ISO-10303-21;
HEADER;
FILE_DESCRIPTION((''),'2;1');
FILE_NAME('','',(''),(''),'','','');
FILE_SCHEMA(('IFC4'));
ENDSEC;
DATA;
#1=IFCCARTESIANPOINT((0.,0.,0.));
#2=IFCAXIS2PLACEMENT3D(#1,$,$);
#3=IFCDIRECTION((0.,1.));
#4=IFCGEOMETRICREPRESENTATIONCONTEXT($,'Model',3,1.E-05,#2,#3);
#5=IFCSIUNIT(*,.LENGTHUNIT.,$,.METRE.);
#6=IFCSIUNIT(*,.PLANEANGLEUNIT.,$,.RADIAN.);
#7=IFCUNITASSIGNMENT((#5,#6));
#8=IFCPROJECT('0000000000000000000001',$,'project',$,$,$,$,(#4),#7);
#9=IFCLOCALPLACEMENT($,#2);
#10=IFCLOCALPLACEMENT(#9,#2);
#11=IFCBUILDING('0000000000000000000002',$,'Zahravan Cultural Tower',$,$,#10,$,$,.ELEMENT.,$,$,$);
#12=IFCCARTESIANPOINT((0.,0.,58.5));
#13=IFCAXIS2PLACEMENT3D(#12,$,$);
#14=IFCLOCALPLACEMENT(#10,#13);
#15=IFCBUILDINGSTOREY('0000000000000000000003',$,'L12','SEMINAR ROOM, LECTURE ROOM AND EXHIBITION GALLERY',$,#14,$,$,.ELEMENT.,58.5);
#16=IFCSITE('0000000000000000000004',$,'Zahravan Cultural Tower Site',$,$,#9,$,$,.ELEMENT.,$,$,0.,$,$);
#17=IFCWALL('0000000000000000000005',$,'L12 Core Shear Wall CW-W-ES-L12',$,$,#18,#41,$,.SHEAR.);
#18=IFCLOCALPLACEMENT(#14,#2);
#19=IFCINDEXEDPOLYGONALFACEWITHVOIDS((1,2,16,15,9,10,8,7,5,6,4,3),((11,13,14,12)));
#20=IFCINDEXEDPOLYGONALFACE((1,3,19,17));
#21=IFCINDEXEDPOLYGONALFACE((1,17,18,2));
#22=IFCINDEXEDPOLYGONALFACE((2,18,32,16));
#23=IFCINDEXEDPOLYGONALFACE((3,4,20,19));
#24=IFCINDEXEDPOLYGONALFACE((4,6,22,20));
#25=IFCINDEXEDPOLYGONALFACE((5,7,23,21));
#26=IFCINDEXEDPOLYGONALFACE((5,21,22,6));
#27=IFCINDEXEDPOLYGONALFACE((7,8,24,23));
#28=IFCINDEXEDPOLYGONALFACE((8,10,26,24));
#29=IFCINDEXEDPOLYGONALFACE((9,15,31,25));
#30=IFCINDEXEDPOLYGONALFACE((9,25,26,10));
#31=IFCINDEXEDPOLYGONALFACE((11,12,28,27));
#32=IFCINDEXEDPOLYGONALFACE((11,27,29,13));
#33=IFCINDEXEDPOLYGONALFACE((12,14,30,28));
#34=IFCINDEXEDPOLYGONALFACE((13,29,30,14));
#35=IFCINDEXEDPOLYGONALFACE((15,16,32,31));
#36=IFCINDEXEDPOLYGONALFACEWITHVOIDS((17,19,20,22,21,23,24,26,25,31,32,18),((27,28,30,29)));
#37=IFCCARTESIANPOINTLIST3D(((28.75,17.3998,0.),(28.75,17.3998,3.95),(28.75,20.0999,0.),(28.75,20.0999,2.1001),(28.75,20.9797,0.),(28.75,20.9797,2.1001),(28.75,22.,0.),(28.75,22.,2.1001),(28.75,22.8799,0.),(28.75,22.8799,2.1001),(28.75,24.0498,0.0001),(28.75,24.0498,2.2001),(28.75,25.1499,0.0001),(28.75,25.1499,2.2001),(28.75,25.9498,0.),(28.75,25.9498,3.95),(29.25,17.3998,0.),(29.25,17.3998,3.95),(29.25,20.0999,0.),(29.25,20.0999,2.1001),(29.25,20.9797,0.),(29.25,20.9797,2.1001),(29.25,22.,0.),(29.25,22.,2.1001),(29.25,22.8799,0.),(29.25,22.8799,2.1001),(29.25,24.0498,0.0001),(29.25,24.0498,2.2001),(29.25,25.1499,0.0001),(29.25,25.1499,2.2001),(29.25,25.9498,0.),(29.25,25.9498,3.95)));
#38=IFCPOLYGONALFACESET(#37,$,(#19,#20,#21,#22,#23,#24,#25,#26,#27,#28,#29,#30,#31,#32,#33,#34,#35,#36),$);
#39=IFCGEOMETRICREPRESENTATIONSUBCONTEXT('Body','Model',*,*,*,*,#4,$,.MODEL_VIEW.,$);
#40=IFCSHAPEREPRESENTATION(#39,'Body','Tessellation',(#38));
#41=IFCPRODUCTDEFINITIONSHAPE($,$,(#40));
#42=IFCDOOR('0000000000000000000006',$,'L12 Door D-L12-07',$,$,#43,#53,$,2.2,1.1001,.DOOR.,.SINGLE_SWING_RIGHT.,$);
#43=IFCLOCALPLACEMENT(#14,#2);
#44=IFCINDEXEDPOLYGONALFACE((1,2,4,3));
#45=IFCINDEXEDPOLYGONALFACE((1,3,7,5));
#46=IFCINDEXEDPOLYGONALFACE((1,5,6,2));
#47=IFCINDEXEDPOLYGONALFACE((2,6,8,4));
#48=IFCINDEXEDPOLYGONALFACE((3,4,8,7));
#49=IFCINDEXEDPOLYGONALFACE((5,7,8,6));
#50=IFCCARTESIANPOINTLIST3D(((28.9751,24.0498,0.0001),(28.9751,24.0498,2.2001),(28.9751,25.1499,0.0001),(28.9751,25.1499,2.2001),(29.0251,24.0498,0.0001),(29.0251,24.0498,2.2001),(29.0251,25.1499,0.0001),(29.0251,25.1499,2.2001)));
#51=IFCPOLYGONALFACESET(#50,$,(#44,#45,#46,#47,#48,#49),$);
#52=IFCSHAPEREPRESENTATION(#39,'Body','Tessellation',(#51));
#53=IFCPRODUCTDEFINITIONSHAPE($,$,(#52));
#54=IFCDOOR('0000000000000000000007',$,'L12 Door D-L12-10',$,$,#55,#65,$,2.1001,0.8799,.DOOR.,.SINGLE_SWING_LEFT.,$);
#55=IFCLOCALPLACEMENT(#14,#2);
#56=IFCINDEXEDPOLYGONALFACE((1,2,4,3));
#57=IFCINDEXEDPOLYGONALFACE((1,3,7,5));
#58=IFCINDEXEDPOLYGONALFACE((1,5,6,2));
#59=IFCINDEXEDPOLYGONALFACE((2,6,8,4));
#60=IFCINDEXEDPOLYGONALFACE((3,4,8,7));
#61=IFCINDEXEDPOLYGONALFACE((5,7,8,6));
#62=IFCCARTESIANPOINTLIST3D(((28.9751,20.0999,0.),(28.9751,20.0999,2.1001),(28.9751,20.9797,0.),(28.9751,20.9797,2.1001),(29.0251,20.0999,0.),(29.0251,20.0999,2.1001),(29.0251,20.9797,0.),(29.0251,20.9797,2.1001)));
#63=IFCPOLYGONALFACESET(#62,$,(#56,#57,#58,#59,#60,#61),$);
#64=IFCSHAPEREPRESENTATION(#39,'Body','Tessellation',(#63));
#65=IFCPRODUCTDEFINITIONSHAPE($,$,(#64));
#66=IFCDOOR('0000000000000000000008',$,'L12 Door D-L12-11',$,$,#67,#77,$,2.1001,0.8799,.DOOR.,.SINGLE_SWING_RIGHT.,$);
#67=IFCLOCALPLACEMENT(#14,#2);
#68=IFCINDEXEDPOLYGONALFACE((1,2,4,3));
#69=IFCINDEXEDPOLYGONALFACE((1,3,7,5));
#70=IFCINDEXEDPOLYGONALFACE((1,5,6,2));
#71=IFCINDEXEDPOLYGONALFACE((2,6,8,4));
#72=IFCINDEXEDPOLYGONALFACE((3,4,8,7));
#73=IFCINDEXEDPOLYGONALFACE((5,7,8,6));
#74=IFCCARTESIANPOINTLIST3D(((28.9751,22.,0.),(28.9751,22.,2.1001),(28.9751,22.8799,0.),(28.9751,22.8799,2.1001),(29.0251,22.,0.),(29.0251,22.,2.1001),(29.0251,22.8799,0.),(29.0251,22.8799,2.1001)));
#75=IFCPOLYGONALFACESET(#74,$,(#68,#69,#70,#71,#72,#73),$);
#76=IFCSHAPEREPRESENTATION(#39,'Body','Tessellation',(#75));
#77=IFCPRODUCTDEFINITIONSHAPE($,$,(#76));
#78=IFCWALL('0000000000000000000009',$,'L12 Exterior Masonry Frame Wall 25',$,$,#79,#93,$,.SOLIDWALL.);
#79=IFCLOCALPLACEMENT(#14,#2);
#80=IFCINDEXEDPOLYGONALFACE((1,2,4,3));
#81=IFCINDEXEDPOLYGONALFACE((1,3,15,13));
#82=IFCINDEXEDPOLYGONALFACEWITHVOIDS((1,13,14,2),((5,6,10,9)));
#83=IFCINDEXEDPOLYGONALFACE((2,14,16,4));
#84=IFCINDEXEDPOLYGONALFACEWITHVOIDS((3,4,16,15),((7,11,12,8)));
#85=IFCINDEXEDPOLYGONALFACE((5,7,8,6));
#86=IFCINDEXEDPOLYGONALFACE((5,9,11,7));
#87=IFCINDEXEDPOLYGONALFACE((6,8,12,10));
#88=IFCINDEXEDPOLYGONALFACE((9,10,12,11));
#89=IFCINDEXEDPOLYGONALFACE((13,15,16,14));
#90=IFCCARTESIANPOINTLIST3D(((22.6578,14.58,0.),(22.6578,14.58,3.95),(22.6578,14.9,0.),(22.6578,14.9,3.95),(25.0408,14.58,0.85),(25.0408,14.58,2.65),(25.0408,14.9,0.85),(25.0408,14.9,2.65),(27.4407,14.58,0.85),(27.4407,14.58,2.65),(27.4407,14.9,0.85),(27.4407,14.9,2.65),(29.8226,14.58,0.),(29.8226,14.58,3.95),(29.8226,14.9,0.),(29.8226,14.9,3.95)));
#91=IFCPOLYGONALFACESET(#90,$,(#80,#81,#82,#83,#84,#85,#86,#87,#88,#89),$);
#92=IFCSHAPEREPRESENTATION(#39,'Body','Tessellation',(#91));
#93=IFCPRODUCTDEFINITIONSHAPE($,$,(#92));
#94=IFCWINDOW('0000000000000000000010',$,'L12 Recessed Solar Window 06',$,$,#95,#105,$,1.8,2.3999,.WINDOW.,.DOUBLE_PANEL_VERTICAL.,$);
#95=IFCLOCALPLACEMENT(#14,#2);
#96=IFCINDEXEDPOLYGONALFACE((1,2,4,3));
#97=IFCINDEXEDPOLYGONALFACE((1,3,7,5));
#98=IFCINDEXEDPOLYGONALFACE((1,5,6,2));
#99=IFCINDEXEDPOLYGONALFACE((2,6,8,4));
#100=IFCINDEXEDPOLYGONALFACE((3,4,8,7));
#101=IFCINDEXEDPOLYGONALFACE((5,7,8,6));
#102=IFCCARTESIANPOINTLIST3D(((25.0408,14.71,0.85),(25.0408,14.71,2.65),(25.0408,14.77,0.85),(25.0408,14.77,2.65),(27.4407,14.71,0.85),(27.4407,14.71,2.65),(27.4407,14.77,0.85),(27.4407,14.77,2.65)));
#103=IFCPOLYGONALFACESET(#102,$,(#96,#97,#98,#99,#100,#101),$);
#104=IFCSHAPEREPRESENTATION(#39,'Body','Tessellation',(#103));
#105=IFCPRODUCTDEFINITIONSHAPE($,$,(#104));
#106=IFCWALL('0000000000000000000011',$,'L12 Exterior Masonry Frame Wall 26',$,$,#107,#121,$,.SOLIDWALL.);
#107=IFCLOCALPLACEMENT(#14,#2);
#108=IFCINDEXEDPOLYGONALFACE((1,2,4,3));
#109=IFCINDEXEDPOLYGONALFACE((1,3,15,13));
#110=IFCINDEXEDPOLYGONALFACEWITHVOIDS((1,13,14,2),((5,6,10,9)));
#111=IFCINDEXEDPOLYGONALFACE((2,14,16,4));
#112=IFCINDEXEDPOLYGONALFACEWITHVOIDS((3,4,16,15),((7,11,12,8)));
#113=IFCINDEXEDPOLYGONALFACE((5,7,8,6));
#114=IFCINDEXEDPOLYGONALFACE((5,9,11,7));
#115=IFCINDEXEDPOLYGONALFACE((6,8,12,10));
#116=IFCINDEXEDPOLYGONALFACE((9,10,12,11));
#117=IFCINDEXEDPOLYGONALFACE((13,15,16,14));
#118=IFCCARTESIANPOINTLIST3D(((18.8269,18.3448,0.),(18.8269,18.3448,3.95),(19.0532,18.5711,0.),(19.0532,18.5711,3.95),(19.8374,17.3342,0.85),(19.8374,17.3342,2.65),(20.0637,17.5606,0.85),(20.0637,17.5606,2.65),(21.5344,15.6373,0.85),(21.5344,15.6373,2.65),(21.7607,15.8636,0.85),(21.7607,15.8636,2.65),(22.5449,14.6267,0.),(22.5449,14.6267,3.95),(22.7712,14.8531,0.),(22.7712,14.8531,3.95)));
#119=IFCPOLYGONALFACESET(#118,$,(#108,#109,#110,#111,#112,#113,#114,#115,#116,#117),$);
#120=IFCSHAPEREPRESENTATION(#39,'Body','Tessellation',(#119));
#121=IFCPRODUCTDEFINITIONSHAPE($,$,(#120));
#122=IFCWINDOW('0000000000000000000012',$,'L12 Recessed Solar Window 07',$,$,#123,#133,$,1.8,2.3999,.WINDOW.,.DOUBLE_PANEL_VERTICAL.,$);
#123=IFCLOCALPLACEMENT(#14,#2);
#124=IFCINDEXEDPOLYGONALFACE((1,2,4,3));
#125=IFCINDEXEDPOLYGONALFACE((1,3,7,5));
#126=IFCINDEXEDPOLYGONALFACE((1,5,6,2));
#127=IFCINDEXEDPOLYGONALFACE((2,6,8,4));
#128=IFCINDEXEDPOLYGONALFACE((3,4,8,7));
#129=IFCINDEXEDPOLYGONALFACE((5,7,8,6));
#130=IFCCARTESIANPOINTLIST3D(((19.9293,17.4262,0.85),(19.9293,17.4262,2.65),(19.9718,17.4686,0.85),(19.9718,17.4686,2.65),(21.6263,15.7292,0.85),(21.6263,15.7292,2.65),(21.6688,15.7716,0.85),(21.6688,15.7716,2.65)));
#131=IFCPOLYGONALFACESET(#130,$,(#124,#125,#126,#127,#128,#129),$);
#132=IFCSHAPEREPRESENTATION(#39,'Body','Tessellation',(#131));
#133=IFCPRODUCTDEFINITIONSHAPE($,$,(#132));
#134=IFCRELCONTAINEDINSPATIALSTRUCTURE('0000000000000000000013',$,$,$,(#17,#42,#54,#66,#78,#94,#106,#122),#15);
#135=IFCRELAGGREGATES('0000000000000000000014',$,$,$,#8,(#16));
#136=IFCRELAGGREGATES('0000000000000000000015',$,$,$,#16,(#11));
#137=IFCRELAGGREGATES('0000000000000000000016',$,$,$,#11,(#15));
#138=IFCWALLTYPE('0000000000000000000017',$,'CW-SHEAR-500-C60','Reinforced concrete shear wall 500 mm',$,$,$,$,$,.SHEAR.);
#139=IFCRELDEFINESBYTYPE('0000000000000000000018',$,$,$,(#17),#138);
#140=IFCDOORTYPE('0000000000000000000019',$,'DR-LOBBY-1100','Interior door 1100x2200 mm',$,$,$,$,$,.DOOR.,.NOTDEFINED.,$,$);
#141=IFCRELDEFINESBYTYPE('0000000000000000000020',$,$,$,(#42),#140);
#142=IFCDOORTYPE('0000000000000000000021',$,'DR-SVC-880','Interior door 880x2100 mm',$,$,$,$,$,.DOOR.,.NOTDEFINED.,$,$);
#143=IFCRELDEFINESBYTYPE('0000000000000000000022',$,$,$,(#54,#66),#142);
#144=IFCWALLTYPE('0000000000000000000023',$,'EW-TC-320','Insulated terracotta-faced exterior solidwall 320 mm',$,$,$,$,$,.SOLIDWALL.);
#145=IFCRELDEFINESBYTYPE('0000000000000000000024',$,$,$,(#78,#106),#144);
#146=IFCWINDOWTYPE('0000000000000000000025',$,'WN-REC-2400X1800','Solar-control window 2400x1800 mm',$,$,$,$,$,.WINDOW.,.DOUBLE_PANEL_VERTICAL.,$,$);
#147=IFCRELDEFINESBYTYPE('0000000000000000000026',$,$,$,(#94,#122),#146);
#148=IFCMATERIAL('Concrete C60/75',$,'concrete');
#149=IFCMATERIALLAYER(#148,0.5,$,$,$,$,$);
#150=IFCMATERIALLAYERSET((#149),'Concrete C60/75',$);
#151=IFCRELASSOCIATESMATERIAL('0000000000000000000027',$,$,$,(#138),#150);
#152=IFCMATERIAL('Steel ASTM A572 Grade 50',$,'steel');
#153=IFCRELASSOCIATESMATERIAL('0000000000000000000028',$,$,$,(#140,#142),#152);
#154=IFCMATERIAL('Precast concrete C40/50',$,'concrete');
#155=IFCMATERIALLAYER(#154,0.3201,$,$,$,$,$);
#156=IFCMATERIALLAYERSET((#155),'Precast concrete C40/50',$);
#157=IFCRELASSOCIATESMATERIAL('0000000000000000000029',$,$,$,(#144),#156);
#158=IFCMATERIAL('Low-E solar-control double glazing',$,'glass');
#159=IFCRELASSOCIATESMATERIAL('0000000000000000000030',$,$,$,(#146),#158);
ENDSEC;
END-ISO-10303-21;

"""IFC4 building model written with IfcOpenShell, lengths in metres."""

from ifc_helpers import new_model, si_unit, direction, frame, frame_2d, origin, place, context, subcontext, project, spatial, rectangle, extrude, source, transform, mapped, material, layer, layer_set, type_object, element, fill, save


model = new_model("IFC4")

# Units and contexts
model_context = context("Model", 3, precision=1e-05, world=origin(), true_north=direction((0.0, 1.0)))
body_context = subcontext(model_context, "Body", "Model", "MODEL_VIEW")
ifc_project = project(units=[si_unit("LENGTHUNIT", "METRE"), si_unit("PLANEANGLEUNIT", "RADIAN")], contexts=[model_context])

# Site, building, storey
site_placement = place(None, origin())
site = spatial("IfcSite", under=ifc_project, at=site_placement, Name="Zahravan Cultural Tower Site", CompositionType="ELEMENT", RefElevation=0.0)
building_placement = place(site_placement, origin())
building = spatial("IfcBuilding", under=site, at=building_placement, Name="Zahravan Cultural Tower", CompositionType="ELEMENT")
storey_placement = place(building_placement, frame((0.0, 0.0, 58.5)))
storey = spatial("IfcBuildingStorey", under=building, at=storey_placement, Name="L12", Description="SEMINAR ROOM, LECTURE ROOM AND EXHIBITION GALLERY", CompositionType="ELEMENT", Elevation=58.5)

# Shared definitions
ifc_material_1 = material(Name="Concrete C60/75", Category="concrete")

# Shared definitions
ifc_material_2 = material(Name="Low-E solar-control double glazing", Category="glass")

# Wall, openings, doors
ifc_layer_1 = layer(ifc_material_1, 0.5)
ifc_layer_set_1 = layer_set([ifc_layer_1], Name="Concrete C60/75")
wall_type_1 = type_object("IfcWallType", Name="CW-SHEAR-500-C60", Description="Reinforced concrete shear wall 500 mm", PredefinedType="SHEAR", material=ifc_layer_set_1)
wall_1_placement = place(storey_placement, frame((29.0, 17.3999, 0.0), z_axis=(0.0, 0.0, 1.0), x_axis=(0.0, 1.0, 0.0)))
wall_1 = element("IfcWall", 1, at=wall_1_placement, inside=storey, type_object=wall_type_1, Name="L12 Core Shear Wall CW-W-ES-L12", PredefinedType="SHEAR", context=body_context, shape_type="SweptSolid", body=[
    extrude(rectangle(XDim=8.55, YDim=0.5, at=frame_2d((4.2749, 0.0))), origin(), (0.0, 0.0, 1.0), 3.95),
])
opening_1_placement = place(wall_1_placement, frame((6.6499, 0.0, 0.0)))
opening_1 = element("IfcOpeningElement", 2, at=opening_1_placement, cuts=wall_1, PredefinedType="OPENING", context=body_context, shape_type="SweptSolid", body=[
    extrude(rectangle(XDim=1.1001, YDim=2.2, at=frame_2d((0.55, 1.1001))), frame((0.0, 0.26, 0.0), z_axis=(0.0, -1.0, 0.0), x_axis=(1.0, 0.0, 0.0)), (0.0, 0.0, 1.0), 0.52),
])
opening_2_placement = place(wall_1_placement, frame((2.7, 0.0, 0.0)))
opening_2 = element("IfcOpeningElement", 3, at=opening_2_placement, cuts=wall_1, PredefinedType="OPENING", context=body_context, shape_type="SweptSolid", body=[
    extrude(rectangle(XDim=0.8799, YDim=2.1001, at=frame_2d((0.4399, 1.05))), frame((0.0, 0.26, 0.0), z_axis=(0.0, -1.0, 0.0), x_axis=(1.0, 0.0, 0.0)), (0.0, 0.0, 1.0), 0.52),
])
opening_3_placement = place(wall_1_placement, frame((4.6001, 0.0, 0.0)))
opening_3 = element("IfcOpeningElement", 4, at=opening_3_placement, cuts=wall_1, PredefinedType="OPENING", context=body_context, shape_type="SweptSolid", body=[
    extrude(rectangle(XDim=0.8799, YDim=2.1001, at=frame_2d((0.4399, 1.05))), frame((0.0, 0.26, 0.0), z_axis=(0.0, -1.0, 0.0), x_axis=(1.0, 0.0, 0.0)), (0.0, 0.0, 1.0), 0.52),
])
ifc_material_3 = material(Name="Steel ASTM A572 Grade 50", Category="steel")
door_type_1 = type_object("IfcDoorType", Name="DR-LOBBY-1100", Description="Interior door 1100x2200 mm", OperationType="NOTDEFINED", PredefinedType="DOOR", material=ifc_material_3)
shared_shape_1 = source(origin(), body_context, "Body", "SweptSolid", [
    extrude(rectangle(XDim=1.1001, YDim=2.2, at=frame_2d((0.55, 1.1001))), frame((0.0, 0.0249, 0.0), z_axis=(0.0, -1.0, 0.0), x_axis=(1.0, 0.0, 0.0)), (0.0, 0.0, 1.0), 0.05),
])
door_1_placement = place(opening_1_placement, origin())
door_1 = element("IfcDoor", 5, at=door_1_placement, inside=storey, type_object=door_type_1, Name="L12 Door D-L12-07", OperationType="SINGLE_SWING_RIGHT", OverallHeight=2.2, OverallWidth=1.1001, PredefinedType="DOOR", context=body_context, shape_type="MappedRepresentation", body=[
    mapped(shared_shape_1, transform((0.0, 0.0, 0.0), x_axis=(1.0, 0.0, 0.0), y_axis=(0.0, 1.0, 0.0), z_axis=(0.0, 0.0, 1.0), scale=1.0)),
])
fill(opening_1, door_1)
door_type_2 = type_object("IfcDoorType", Name="DR-SVC-880", Description="Interior door 880x2100 mm", OperationType="NOTDEFINED", PredefinedType="DOOR", material=ifc_material_3)
shared_shape_2 = source(origin(), body_context, "Body", "SweptSolid", [
    extrude(rectangle(XDim=0.8799, YDim=2.1001, at=frame_2d((0.4399, 1.05))), frame((0.0, 0.0249, 0.0), z_axis=(0.0, -1.0, 0.0), x_axis=(1.0, 0.0, 0.0)), (0.0, 0.0, 1.0), 0.05),
])
door_2_placement = place(opening_2_placement, origin())
door_2 = element("IfcDoor", 6, at=door_2_placement, inside=storey, type_object=door_type_2, Name="L12 Door D-L12-10", OperationType="SINGLE_SWING_LEFT", OverallHeight=2.1001, OverallWidth=0.8799, PredefinedType="DOOR", context=body_context, shape_type="MappedRepresentation", body=[
    mapped(shared_shape_2, transform((0.0, 0.0, 0.0), x_axis=(1.0, 0.0, 0.0), y_axis=(0.0, 1.0, 0.0), z_axis=(0.0, 0.0, 1.0), scale=1.0)),
])
fill(opening_2, door_2)
door_3_placement = place(opening_3_placement, origin())
door_3 = element("IfcDoor", 7, at=door_3_placement, inside=storey, type_object=door_type_2, Name="L12 Door D-L12-11", OperationType="SINGLE_SWING_RIGHT", OverallHeight=2.1001, OverallWidth=0.8799, PredefinedType="DOOR", context=body_context, shape_type="MappedRepresentation", body=[
    mapped(shared_shape_2, transform((0.0, 0.0, 0.0), x_axis=(1.0, 0.0, 0.0), y_axis=(0.0, 1.0, 0.0), z_axis=(0.0, 0.0, 1.0), scale=1.0)),
])
fill(opening_3, door_3)

# Walls, openings, windows
ifc_material_4 = material(Name="Precast concrete C40/50", Category="concrete")
ifc_layer_2 = layer(ifc_material_4, 0.3201)
ifc_layer_set_2 = layer_set([ifc_layer_2], Name="Precast concrete C40/50")
wall_type_2 = type_object("IfcWallType", Name="EW-TC-320", Description="Insulated terracotta-faced exterior solidwall 320 mm", PredefinedType="SOLIDWALL", material=ifc_layer_set_2)
wall_2_placement = place(storey_placement, frame((29.8228, 14.74, 0.0), z_axis=(0.0, 0.0, 1.0), x_axis=(-1.0, 0.0, 0.0)))
wall_2 = element("IfcWall", 8, at=wall_2_placement, inside=storey, type_object=wall_type_2, Name="L12 Exterior Masonry Frame Wall 25", PredefinedType="SOLIDWALL", context=body_context, shape_type="SweptSolid", body=[
    extrude(rectangle(XDim=7.1648, YDim=0.3201, at=frame_2d((3.5825, 0.0))), origin(), (0.0, 0.0, 1.0), 3.95),
])
opening_4_placement = place(wall_2_placement, frame((2.3821, 0.0, 0.8501)))
opening_4 = element("IfcOpeningElement", 9, at=opening_4_placement, cuts=wall_2, PredefinedType="OPENING", context=body_context, shape_type="SweptSolid", body=[
    extrude(rectangle(XDim=2.3999, YDim=1.8, at=frame_2d((1.2, 0.8999))), frame((0.0, 0.1699, 0.0), z_axis=(0.0, -1.0, 0.0), x_axis=(1.0, 0.0, 0.0)), (0.0, 0.0, 1.0), 0.3401),
])
window_type = type_object("IfcWindowType", Name="WN-REC-2400X1800", Description="Solar-control window 2400x1800 mm", PartitioningType="DOUBLE_PANEL_VERTICAL", PredefinedType="WINDOW", material=ifc_material_2)
shared_shape_3 = source(origin(), body_context, "Body", "SweptSolid", [
    extrude(rectangle(XDim=2.3999, YDim=1.8, at=frame_2d((1.2, 0.8999))), frame((0.0, 0.03, 0.0), z_axis=(0.0, -1.0, 0.0), x_axis=(1.0, 0.0, 0.0)), (0.0, 0.0, 1.0), 0.0601),
])
window_1_placement = place(opening_4_placement, origin())
window_1 = element("IfcWindow", 10, at=window_1_placement, inside=storey, type_object=window_type, Name="L12 Recessed Solar Window 06", OverallHeight=1.8, OverallWidth=2.3999, PartitioningType="DOUBLE_PANEL_VERTICAL", PredefinedType="WINDOW", context=body_context, shape_type="MappedRepresentation", body=[
    mapped(shared_shape_3, transform((0.0, 0.0, 0.0), x_axis=(1.0, 0.0, 0.0), y_axis=(0.0, 1.0, 0.0), z_axis=(0.0, 0.0, 1.0), scale=1.0)),
])
fill(opening_4, window_1)
wall_3_placement = place(storey_placement, frame((22.658, 14.74, 0.0), z_axis=(0.0, 0.0, 1.0), x_axis=(-0.707107, 0.707107, 0.0)))
wall_3 = element("IfcWall", 11, at=wall_3_placement, inside=storey, type_object=wall_type_2, Name="L12 Exterior Masonry Frame Wall 26", PredefinedType="SOLIDWALL", context=body_context, shape_type="SweptSolid", body=[
    extrude(rectangle(XDim=5.2581, YDim=0.3201, at=frame_2d((2.6289, 0.0))), origin(), (0.0, 0.0, 1.0), 3.95),
])
opening_5_placement = place(wall_3_placement, frame((1.429, 0.0, 0.8501)))
opening_5 = element("IfcOpeningElement", 12, at=opening_5_placement, cuts=wall_3, PredefinedType="OPENING", context=body_context, shape_type="SweptSolid", body=[
    extrude(rectangle(XDim=2.3999, YDim=1.8, at=frame_2d((1.2, 0.8999))), frame((0.0, 0.1699, 0.0), z_axis=(0.0, -1.0, 0.0), x_axis=(1.0, 0.0, 0.0)), (0.0, 0.0, 1.0), 0.3401),
])
window_2_placement = place(opening_5_placement, origin())
window_2 = element("IfcWindow", 13, at=window_2_placement, inside=storey, type_object=window_type, Name="L12 Recessed Solar Window 07", OverallHeight=1.8, OverallWidth=2.3999, PartitioningType="DOUBLE_PANEL_VERTICAL", PredefinedType="WINDOW", context=body_context, shape_type="MappedRepresentation", body=[
    mapped(shared_shape_3, transform((0.0, 0.0, 0.0), x_axis=(1.0, 0.0, 0.0), y_axis=(0.0, 1.0, 0.0), z_axis=(0.0, 0.0, 1.0), scale=1.0)),
])
fill(opening_5, window_2)

save(model, "model.ifc")
